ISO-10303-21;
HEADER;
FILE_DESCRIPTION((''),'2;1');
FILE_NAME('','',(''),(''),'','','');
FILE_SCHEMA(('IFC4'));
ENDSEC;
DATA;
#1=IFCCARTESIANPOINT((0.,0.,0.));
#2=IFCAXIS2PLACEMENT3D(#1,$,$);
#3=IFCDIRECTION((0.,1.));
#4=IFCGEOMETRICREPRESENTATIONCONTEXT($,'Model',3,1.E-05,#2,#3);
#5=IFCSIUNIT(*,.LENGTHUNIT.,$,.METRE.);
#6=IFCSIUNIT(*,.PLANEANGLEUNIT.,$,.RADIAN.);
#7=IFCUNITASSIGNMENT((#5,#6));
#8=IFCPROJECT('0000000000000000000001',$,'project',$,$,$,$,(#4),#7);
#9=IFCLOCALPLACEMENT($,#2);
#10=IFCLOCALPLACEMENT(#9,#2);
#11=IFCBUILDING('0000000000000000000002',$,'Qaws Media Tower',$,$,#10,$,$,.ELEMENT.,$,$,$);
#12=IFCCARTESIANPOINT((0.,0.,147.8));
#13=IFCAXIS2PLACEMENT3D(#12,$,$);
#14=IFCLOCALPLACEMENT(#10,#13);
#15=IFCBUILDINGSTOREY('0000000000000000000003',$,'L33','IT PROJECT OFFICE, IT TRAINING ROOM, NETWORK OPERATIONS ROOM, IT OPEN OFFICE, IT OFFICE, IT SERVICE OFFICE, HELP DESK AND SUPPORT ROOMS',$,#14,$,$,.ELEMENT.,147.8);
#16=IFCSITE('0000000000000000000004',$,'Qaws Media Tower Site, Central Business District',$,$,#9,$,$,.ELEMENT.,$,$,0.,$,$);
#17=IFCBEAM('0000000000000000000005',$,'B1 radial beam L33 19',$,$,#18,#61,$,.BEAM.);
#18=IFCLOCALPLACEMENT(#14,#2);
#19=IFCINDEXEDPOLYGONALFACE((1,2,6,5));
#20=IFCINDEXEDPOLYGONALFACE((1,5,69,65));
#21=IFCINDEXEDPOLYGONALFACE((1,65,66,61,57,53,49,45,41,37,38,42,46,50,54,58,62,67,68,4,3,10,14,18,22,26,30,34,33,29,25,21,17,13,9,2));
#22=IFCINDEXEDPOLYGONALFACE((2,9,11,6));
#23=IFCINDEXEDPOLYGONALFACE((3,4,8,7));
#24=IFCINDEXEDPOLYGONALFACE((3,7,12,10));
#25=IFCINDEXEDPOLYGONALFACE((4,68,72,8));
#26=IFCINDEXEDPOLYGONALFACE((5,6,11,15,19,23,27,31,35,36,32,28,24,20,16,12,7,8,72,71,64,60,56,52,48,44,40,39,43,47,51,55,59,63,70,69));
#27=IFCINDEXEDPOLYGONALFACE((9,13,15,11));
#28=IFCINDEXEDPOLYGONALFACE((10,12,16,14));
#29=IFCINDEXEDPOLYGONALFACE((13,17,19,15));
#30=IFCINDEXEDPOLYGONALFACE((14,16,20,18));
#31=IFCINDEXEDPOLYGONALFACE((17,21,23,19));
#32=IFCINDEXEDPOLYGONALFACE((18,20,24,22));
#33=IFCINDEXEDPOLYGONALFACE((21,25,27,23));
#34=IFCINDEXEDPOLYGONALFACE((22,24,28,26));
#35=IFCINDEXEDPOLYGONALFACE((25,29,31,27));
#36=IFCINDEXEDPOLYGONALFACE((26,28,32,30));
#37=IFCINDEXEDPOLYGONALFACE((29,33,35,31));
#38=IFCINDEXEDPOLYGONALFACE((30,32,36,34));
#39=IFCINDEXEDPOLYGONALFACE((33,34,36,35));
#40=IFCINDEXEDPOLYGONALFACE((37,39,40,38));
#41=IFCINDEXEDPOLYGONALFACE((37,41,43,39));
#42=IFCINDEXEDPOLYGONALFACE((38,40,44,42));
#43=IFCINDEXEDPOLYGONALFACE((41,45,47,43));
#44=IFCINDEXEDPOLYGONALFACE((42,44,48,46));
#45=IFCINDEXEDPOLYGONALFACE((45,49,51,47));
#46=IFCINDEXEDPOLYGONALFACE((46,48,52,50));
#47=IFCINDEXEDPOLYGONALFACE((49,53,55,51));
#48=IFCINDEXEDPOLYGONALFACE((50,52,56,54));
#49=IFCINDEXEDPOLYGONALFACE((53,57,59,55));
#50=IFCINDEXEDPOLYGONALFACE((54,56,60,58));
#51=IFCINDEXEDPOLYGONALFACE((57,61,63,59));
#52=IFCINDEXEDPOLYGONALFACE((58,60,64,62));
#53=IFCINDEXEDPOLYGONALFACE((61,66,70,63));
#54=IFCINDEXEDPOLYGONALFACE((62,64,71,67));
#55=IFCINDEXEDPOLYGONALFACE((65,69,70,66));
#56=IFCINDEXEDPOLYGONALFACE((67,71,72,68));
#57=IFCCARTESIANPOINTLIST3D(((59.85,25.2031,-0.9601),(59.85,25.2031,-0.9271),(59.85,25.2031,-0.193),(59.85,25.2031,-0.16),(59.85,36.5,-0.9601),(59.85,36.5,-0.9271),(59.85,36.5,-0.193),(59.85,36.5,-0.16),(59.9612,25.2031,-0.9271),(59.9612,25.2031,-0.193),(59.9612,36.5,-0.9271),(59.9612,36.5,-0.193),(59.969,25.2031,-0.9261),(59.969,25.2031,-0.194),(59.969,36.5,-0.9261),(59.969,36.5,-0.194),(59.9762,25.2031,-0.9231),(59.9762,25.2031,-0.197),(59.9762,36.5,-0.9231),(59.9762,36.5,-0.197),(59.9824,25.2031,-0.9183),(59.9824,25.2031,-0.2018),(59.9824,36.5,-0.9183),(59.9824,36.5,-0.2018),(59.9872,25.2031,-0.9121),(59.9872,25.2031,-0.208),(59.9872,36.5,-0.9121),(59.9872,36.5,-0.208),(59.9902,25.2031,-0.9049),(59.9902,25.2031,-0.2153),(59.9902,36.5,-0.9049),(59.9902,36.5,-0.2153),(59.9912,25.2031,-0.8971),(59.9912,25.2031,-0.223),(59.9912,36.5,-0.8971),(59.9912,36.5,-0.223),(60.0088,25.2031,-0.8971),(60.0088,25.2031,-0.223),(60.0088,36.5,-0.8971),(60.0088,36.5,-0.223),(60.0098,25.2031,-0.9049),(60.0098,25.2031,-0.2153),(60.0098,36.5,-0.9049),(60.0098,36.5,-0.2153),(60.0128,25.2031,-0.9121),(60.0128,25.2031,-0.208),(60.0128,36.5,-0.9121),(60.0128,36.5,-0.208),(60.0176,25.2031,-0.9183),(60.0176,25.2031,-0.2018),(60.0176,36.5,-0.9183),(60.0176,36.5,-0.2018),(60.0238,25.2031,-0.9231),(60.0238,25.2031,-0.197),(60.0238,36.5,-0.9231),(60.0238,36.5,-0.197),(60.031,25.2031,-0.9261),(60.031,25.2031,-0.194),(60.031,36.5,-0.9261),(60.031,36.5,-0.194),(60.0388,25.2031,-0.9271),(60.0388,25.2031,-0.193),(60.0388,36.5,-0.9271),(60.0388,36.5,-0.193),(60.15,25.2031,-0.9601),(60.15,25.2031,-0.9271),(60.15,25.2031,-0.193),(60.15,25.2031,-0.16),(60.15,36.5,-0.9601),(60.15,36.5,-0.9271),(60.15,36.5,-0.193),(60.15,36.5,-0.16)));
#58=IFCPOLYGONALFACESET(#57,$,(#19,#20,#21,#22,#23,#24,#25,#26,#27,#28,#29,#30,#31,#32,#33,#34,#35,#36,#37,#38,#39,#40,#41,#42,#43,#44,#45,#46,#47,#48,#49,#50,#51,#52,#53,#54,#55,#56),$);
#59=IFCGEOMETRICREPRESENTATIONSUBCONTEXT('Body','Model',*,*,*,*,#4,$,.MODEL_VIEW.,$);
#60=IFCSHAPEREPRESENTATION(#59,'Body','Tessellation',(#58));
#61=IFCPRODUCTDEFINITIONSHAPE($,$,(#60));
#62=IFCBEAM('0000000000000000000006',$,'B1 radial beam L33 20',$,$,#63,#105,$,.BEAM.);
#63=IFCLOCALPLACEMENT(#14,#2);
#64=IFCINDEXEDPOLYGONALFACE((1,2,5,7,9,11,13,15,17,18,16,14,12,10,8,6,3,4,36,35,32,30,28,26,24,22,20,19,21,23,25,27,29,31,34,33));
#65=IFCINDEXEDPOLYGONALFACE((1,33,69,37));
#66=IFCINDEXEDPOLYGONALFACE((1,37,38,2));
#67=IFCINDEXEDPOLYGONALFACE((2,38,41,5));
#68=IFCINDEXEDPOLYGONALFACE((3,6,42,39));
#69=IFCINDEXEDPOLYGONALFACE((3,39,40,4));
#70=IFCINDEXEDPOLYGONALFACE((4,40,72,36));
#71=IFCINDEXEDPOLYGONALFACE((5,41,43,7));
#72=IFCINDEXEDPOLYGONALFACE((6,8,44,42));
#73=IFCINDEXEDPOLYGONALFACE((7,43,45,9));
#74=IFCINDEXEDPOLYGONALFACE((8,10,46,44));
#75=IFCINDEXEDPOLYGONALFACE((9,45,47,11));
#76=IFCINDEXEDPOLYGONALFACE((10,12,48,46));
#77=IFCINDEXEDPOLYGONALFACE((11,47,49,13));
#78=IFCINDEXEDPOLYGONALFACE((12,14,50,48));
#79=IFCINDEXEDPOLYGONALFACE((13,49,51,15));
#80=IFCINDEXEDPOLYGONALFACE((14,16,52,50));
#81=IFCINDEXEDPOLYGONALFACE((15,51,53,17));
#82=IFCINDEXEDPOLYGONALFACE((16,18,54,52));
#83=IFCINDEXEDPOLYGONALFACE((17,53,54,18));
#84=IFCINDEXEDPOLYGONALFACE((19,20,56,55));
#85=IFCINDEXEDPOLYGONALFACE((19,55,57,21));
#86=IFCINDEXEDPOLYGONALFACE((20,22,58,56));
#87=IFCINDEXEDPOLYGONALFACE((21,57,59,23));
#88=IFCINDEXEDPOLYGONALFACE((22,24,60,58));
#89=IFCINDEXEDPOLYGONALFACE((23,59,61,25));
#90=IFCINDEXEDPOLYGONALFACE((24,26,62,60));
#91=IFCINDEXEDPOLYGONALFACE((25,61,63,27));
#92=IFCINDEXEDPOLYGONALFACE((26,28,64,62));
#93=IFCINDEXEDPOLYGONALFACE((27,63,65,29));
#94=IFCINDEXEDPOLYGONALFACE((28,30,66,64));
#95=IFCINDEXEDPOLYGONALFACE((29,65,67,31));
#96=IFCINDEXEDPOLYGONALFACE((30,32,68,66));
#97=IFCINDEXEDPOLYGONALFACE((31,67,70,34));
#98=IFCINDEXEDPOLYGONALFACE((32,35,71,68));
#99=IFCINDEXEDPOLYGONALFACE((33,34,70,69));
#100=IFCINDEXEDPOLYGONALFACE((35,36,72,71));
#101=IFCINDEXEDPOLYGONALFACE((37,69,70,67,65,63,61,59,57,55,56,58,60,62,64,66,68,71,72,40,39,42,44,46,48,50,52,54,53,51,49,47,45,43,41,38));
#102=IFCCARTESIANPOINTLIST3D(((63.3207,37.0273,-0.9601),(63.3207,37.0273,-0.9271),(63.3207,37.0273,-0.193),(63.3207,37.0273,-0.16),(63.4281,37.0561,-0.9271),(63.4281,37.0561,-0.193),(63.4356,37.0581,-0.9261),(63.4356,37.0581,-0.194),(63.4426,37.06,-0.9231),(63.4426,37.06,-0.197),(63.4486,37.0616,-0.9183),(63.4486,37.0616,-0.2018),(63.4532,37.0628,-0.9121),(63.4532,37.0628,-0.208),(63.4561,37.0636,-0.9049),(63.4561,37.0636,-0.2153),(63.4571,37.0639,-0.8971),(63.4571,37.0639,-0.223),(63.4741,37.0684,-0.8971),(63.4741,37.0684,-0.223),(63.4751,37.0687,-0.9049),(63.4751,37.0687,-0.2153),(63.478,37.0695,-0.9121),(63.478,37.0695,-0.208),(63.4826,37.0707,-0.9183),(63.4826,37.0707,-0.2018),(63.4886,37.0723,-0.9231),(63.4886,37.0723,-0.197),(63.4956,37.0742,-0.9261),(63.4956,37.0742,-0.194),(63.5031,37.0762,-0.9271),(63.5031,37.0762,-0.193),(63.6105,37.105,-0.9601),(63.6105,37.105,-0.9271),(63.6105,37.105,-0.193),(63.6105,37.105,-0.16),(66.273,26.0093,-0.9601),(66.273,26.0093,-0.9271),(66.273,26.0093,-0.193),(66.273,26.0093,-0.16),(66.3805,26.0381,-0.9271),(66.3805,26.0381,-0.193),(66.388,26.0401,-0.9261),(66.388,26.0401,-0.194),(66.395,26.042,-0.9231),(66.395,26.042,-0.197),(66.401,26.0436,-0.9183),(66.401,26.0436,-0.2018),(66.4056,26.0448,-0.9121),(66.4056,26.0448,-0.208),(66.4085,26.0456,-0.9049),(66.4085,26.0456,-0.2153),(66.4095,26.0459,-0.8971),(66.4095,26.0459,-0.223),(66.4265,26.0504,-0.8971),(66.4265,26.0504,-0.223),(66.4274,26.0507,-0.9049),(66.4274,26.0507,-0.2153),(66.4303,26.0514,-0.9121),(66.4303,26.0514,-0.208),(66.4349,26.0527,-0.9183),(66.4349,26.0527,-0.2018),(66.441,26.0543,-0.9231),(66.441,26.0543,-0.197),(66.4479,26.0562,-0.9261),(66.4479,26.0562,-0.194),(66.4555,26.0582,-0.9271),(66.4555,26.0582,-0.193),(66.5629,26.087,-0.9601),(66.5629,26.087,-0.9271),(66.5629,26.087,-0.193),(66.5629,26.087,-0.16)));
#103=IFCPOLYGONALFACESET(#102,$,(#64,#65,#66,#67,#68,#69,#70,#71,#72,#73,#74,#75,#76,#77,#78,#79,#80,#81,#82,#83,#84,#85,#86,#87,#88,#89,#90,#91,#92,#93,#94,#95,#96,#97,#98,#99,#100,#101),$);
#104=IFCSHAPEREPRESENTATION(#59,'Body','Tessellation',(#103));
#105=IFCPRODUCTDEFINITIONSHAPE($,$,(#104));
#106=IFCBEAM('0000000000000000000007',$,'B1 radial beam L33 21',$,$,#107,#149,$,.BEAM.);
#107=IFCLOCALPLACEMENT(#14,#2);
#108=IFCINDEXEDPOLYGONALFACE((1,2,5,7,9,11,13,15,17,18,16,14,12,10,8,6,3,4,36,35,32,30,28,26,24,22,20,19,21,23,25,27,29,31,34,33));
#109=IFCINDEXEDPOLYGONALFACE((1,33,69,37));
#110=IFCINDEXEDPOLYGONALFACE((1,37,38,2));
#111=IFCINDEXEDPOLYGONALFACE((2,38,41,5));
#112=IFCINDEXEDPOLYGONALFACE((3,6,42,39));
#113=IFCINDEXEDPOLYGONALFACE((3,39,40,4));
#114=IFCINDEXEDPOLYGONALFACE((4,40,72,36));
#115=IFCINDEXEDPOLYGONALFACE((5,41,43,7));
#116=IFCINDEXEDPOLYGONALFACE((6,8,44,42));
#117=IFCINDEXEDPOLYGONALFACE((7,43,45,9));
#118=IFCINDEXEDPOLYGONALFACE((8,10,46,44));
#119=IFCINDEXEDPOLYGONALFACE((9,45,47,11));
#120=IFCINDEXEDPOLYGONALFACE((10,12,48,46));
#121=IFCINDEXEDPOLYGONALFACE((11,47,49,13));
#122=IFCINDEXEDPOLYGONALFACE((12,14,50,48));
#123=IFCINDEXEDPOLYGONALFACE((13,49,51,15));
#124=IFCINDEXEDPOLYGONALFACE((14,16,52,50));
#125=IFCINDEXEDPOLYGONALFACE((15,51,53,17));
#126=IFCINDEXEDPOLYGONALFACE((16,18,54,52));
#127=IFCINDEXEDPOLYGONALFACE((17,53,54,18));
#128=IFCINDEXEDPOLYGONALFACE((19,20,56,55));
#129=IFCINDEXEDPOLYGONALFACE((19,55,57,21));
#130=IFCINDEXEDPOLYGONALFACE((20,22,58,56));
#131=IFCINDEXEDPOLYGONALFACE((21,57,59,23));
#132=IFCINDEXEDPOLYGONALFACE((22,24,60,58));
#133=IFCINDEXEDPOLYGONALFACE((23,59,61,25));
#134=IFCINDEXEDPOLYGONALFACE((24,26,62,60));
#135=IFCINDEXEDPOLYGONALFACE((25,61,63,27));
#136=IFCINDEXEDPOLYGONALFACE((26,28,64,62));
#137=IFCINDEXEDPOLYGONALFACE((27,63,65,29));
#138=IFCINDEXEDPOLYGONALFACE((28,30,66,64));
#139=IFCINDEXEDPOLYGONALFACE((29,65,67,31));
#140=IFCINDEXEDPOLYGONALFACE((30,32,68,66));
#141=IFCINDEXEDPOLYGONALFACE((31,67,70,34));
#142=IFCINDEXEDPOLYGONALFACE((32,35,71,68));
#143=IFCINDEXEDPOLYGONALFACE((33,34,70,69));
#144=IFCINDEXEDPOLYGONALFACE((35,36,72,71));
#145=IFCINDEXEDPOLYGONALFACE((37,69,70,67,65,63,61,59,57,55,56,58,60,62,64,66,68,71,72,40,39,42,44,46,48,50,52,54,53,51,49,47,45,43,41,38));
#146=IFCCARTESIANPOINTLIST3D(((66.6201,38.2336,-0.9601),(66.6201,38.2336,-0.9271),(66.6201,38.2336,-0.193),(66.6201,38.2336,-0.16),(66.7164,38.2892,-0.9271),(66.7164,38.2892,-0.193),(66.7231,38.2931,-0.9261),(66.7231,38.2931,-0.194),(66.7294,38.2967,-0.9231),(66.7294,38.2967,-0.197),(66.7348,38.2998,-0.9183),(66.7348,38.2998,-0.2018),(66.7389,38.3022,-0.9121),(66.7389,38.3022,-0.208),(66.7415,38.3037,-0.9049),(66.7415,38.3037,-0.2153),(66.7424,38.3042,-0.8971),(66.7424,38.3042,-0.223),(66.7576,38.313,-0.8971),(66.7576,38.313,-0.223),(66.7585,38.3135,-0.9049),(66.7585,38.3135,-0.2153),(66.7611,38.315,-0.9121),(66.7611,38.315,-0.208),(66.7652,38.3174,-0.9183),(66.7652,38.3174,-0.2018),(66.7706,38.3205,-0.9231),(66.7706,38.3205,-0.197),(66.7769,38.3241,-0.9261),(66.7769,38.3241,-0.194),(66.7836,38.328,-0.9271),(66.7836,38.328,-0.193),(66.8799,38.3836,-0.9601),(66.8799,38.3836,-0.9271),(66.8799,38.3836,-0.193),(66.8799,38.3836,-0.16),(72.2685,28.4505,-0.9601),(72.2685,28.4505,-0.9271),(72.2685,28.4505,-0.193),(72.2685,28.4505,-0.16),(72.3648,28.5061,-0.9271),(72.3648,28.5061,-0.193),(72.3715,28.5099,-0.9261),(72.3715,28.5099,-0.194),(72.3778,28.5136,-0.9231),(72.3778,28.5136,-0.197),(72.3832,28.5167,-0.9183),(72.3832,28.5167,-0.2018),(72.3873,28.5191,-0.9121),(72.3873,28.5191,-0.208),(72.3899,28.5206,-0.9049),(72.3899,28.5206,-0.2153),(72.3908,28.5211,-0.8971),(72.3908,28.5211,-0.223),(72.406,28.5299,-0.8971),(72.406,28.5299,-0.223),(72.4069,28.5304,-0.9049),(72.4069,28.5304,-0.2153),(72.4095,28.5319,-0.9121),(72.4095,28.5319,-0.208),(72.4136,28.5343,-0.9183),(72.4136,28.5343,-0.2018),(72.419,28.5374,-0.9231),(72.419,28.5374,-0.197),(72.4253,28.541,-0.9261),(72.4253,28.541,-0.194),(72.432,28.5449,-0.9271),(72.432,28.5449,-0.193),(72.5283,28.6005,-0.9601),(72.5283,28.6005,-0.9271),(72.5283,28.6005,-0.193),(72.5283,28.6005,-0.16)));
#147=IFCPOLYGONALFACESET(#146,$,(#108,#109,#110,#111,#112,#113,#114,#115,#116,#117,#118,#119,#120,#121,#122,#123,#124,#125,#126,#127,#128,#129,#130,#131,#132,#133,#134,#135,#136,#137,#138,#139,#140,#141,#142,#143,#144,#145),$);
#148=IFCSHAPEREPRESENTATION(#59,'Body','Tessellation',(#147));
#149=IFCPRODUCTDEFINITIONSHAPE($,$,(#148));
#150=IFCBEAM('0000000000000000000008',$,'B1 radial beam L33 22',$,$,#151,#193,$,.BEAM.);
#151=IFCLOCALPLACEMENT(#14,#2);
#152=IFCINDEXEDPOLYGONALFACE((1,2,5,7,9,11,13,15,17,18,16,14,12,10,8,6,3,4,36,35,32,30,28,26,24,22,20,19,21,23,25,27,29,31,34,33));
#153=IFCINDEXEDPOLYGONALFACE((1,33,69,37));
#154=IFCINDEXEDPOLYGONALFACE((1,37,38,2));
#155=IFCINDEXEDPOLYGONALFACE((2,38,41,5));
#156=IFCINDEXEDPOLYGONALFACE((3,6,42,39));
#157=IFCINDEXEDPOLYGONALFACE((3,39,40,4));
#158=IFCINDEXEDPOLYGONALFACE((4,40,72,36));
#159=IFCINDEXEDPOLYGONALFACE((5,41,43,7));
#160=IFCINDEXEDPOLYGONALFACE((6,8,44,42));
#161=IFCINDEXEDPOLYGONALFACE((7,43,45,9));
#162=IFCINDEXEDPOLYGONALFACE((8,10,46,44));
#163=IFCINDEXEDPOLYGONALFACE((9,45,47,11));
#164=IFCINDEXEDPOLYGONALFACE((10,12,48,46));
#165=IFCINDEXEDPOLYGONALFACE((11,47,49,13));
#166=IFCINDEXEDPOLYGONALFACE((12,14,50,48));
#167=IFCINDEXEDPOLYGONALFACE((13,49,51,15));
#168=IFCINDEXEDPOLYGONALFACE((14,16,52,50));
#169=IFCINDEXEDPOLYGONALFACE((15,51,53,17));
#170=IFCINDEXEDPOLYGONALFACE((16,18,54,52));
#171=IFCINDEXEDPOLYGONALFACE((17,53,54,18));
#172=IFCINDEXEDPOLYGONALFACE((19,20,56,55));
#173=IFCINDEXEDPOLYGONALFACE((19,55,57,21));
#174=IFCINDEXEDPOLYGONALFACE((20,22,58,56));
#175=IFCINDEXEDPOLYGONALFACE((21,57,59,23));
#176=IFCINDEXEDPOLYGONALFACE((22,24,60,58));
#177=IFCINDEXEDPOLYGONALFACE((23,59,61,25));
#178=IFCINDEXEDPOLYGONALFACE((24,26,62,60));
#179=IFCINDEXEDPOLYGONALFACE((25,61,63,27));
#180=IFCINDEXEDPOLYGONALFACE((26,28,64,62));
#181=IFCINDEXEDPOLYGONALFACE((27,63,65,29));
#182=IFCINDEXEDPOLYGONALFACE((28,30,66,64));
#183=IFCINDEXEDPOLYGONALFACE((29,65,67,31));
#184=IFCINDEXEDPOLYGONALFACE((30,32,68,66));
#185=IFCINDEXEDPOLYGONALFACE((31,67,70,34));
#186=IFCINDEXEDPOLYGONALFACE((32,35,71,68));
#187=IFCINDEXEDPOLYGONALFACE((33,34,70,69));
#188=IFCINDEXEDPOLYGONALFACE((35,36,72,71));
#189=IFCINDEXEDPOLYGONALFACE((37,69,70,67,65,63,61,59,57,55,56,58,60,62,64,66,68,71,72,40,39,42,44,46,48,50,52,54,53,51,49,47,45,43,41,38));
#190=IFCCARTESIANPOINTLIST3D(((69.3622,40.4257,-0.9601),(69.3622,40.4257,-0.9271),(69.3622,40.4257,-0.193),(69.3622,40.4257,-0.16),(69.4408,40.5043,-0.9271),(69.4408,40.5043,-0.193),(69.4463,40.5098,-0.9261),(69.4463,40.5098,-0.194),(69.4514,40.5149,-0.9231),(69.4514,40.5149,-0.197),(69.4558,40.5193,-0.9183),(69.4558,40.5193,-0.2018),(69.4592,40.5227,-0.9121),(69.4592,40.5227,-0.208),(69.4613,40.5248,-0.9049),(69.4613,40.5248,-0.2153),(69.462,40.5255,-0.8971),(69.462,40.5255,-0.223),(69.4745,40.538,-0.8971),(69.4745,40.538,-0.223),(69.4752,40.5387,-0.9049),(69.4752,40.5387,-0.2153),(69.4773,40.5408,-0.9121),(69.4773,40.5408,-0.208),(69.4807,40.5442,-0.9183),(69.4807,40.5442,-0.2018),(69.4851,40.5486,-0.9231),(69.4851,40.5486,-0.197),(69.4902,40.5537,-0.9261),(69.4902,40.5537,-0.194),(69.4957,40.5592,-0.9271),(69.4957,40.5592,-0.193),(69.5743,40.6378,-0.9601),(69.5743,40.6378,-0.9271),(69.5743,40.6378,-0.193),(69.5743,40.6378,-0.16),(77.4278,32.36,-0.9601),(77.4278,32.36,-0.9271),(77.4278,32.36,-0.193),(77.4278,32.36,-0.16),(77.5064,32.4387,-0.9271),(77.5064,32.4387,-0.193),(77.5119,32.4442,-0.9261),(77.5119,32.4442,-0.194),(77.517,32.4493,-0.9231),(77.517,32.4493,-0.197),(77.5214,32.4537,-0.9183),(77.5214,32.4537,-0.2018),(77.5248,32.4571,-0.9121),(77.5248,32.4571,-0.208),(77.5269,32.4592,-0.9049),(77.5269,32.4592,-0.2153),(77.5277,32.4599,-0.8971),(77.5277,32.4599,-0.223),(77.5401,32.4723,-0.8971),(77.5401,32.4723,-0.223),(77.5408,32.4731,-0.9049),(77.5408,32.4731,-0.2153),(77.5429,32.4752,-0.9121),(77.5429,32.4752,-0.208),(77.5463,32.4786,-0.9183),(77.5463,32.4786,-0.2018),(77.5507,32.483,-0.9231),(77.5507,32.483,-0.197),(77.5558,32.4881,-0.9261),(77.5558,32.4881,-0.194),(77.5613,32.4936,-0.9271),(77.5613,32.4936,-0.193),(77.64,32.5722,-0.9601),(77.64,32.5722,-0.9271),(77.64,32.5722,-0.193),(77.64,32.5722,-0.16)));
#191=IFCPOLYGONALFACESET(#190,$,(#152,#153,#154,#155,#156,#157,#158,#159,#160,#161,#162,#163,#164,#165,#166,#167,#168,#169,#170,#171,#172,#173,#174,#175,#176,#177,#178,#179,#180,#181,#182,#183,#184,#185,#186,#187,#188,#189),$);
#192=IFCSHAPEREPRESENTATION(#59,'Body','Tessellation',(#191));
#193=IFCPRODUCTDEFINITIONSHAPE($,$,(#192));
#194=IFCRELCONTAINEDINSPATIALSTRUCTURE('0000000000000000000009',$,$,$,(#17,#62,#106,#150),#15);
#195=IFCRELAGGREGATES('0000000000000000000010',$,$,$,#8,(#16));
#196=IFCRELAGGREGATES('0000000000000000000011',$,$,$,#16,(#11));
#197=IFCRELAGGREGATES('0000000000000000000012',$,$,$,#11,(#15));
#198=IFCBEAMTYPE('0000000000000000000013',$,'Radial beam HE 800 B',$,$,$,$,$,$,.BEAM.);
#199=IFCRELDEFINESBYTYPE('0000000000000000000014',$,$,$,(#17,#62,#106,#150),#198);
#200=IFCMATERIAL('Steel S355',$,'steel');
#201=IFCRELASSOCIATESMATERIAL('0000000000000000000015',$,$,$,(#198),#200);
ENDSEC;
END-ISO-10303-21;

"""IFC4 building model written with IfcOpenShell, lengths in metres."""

from ifc_helpers import new_model, si_unit, direction, frame, origin, origin_2d, place, context, subcontext, project, spatial, i_section, extrude, material, material_profile, profile_set, type_object, element, save


model = new_model("IFC4")

# Units and contexts
model_context = context("Model", 3, precision=1e-05, world=origin(), true_north=direction((0.0, 1.0)))
body_context = subcontext(model_context, "Body", "Model", "MODEL_VIEW")
ifc_project = project(units=[si_unit("LENGTHUNIT", "METRE"), si_unit("PLANEANGLEUNIT", "RADIAN")], contexts=[model_context])

# Site, building, storey
site_placement = place(None, origin())
site = spatial("IfcSite", under=ifc_project, at=site_placement, Name="Qaws Media Tower Site, Central Business District", CompositionType="ELEMENT", RefElevation=0.0)
building_placement = place(site_placement, origin())
building = spatial("IfcBuilding", under=site, at=building_placement, Name="Qaws Media Tower", CompositionType="ELEMENT")
storey_placement = place(building_placement, frame((0.0, 0.0, 147.8)))
storey = spatial("IfcBuildingStorey", under=building, at=storey_placement, Name="L33", Description="IT PROJECT OFFICE, IT TRAINING ROOM, NETWORK OPERATIONS ROOM, IT OPEN OFFICE, IT OFFICE, IT SERVICE OFFICE, HELP DESK AND SUPPORT ROOMS", CompositionType="ELEMENT", Elevation=147.8)

# Beams
ifc_material_1 = material(Name="Steel S355", Category="steel")
ifc_material_profile_1 = material_profile(ifc_material_1, i_section(OverallWidth=0.3, OverallDepth=0.8, WebThickness=0.0176, FlangeThickness=0.033, FilletRadius=0.03, at=origin_2d()), Name="HE 800 B")
ifc_profile_set_1 = profile_set([ifc_material_profile_1], Name="Steel S355")
beam_type_1 = type_object("IfcBeamType", Name="Radial beam HE 800 B", PredefinedType="BEAM", material=ifc_profile_set_1)
beam_1_placement = place(storey_placement, frame((60.0, 36.5, -0.5601), z_axis=(0.0, -1.0, 0.0), x_axis=(1.0, 0.0, 0.0)))
element("IfcBeam", 1, at=beam_1_placement, inside=storey, type_object=beam_type_1, Name="B1 radial beam L33 19", PredefinedType="BEAM", context=body_context, shape_type="SweptSolid", body=[
    extrude(i_section(OverallWidth=0.3, OverallDepth=0.8, WebThickness=0.0176, FlangeThickness=0.033, FilletRadius=0.03, at=origin_2d()), origin(), (0.0, 0.0, 1.0), 11.2969),
])
beam_2_placement = place(storey_placement, frame((63.4656, 37.0662, -0.5601), z_axis=(0.258828, -0.965923, 0.0), x_axis=(0.965923, 0.258828, 0.0)))
element("IfcBeam", 2, at=beam_2_placement, inside=storey, type_object=beam_type_1, Name="B1 radial beam L33 20", PredefinedType="BEAM", context=body_context, shape_type="SweptSolid", body=[
    extrude(i_section(OverallWidth=0.3, OverallDepth=0.8, WebThickness=0.0176, FlangeThickness=0.033, FilletRadius=0.03, at=origin_2d()), origin(), (0.0, 0.0, 1.0), 11.4067),
])
beam_3_placement = place(storey_placement, frame((66.75, 38.3086, -0.5601), z_axis=(0.500007, -0.866021, 0.0), x_axis=(0.866021, 0.500007, 0.0)))
element("IfcBeam", 3, at=beam_3_placement, inside=storey, type_object=beam_type_1, Name="B1 radial beam L33 21", PredefinedType="BEAM", context=body_context, shape_type="SweptSolid", body=[
    extrude(i_section(OverallWidth=0.3, OverallDepth=0.8, WebThickness=0.0176, FlangeThickness=0.033, FilletRadius=0.03, at=origin_2d()), origin(), (0.0, 0.0, 1.0), 11.2966),
])
beam_4_placement = place(storey_placement, frame((69.4683, 40.5317, -0.5601), z_axis=(0.707107, -0.707107, 0.0), x_axis=(0.707107, 0.707107, 0.0)))
element("IfcBeam", 4, at=beam_4_placement, inside=storey, type_object=beam_type_1, Name="B1 radial beam L33 22", PredefinedType="BEAM", context=body_context, shape_type="SweptSolid", body=[
    extrude(i_section(OverallWidth=0.3, OverallDepth=0.8, WebThickness=0.0176, FlangeThickness=0.033, FilletRadius=0.03, at=origin_2d()), origin(), (0.0, 0.0, 1.0), 11.4065),
])

save(model, "model.ifc")
